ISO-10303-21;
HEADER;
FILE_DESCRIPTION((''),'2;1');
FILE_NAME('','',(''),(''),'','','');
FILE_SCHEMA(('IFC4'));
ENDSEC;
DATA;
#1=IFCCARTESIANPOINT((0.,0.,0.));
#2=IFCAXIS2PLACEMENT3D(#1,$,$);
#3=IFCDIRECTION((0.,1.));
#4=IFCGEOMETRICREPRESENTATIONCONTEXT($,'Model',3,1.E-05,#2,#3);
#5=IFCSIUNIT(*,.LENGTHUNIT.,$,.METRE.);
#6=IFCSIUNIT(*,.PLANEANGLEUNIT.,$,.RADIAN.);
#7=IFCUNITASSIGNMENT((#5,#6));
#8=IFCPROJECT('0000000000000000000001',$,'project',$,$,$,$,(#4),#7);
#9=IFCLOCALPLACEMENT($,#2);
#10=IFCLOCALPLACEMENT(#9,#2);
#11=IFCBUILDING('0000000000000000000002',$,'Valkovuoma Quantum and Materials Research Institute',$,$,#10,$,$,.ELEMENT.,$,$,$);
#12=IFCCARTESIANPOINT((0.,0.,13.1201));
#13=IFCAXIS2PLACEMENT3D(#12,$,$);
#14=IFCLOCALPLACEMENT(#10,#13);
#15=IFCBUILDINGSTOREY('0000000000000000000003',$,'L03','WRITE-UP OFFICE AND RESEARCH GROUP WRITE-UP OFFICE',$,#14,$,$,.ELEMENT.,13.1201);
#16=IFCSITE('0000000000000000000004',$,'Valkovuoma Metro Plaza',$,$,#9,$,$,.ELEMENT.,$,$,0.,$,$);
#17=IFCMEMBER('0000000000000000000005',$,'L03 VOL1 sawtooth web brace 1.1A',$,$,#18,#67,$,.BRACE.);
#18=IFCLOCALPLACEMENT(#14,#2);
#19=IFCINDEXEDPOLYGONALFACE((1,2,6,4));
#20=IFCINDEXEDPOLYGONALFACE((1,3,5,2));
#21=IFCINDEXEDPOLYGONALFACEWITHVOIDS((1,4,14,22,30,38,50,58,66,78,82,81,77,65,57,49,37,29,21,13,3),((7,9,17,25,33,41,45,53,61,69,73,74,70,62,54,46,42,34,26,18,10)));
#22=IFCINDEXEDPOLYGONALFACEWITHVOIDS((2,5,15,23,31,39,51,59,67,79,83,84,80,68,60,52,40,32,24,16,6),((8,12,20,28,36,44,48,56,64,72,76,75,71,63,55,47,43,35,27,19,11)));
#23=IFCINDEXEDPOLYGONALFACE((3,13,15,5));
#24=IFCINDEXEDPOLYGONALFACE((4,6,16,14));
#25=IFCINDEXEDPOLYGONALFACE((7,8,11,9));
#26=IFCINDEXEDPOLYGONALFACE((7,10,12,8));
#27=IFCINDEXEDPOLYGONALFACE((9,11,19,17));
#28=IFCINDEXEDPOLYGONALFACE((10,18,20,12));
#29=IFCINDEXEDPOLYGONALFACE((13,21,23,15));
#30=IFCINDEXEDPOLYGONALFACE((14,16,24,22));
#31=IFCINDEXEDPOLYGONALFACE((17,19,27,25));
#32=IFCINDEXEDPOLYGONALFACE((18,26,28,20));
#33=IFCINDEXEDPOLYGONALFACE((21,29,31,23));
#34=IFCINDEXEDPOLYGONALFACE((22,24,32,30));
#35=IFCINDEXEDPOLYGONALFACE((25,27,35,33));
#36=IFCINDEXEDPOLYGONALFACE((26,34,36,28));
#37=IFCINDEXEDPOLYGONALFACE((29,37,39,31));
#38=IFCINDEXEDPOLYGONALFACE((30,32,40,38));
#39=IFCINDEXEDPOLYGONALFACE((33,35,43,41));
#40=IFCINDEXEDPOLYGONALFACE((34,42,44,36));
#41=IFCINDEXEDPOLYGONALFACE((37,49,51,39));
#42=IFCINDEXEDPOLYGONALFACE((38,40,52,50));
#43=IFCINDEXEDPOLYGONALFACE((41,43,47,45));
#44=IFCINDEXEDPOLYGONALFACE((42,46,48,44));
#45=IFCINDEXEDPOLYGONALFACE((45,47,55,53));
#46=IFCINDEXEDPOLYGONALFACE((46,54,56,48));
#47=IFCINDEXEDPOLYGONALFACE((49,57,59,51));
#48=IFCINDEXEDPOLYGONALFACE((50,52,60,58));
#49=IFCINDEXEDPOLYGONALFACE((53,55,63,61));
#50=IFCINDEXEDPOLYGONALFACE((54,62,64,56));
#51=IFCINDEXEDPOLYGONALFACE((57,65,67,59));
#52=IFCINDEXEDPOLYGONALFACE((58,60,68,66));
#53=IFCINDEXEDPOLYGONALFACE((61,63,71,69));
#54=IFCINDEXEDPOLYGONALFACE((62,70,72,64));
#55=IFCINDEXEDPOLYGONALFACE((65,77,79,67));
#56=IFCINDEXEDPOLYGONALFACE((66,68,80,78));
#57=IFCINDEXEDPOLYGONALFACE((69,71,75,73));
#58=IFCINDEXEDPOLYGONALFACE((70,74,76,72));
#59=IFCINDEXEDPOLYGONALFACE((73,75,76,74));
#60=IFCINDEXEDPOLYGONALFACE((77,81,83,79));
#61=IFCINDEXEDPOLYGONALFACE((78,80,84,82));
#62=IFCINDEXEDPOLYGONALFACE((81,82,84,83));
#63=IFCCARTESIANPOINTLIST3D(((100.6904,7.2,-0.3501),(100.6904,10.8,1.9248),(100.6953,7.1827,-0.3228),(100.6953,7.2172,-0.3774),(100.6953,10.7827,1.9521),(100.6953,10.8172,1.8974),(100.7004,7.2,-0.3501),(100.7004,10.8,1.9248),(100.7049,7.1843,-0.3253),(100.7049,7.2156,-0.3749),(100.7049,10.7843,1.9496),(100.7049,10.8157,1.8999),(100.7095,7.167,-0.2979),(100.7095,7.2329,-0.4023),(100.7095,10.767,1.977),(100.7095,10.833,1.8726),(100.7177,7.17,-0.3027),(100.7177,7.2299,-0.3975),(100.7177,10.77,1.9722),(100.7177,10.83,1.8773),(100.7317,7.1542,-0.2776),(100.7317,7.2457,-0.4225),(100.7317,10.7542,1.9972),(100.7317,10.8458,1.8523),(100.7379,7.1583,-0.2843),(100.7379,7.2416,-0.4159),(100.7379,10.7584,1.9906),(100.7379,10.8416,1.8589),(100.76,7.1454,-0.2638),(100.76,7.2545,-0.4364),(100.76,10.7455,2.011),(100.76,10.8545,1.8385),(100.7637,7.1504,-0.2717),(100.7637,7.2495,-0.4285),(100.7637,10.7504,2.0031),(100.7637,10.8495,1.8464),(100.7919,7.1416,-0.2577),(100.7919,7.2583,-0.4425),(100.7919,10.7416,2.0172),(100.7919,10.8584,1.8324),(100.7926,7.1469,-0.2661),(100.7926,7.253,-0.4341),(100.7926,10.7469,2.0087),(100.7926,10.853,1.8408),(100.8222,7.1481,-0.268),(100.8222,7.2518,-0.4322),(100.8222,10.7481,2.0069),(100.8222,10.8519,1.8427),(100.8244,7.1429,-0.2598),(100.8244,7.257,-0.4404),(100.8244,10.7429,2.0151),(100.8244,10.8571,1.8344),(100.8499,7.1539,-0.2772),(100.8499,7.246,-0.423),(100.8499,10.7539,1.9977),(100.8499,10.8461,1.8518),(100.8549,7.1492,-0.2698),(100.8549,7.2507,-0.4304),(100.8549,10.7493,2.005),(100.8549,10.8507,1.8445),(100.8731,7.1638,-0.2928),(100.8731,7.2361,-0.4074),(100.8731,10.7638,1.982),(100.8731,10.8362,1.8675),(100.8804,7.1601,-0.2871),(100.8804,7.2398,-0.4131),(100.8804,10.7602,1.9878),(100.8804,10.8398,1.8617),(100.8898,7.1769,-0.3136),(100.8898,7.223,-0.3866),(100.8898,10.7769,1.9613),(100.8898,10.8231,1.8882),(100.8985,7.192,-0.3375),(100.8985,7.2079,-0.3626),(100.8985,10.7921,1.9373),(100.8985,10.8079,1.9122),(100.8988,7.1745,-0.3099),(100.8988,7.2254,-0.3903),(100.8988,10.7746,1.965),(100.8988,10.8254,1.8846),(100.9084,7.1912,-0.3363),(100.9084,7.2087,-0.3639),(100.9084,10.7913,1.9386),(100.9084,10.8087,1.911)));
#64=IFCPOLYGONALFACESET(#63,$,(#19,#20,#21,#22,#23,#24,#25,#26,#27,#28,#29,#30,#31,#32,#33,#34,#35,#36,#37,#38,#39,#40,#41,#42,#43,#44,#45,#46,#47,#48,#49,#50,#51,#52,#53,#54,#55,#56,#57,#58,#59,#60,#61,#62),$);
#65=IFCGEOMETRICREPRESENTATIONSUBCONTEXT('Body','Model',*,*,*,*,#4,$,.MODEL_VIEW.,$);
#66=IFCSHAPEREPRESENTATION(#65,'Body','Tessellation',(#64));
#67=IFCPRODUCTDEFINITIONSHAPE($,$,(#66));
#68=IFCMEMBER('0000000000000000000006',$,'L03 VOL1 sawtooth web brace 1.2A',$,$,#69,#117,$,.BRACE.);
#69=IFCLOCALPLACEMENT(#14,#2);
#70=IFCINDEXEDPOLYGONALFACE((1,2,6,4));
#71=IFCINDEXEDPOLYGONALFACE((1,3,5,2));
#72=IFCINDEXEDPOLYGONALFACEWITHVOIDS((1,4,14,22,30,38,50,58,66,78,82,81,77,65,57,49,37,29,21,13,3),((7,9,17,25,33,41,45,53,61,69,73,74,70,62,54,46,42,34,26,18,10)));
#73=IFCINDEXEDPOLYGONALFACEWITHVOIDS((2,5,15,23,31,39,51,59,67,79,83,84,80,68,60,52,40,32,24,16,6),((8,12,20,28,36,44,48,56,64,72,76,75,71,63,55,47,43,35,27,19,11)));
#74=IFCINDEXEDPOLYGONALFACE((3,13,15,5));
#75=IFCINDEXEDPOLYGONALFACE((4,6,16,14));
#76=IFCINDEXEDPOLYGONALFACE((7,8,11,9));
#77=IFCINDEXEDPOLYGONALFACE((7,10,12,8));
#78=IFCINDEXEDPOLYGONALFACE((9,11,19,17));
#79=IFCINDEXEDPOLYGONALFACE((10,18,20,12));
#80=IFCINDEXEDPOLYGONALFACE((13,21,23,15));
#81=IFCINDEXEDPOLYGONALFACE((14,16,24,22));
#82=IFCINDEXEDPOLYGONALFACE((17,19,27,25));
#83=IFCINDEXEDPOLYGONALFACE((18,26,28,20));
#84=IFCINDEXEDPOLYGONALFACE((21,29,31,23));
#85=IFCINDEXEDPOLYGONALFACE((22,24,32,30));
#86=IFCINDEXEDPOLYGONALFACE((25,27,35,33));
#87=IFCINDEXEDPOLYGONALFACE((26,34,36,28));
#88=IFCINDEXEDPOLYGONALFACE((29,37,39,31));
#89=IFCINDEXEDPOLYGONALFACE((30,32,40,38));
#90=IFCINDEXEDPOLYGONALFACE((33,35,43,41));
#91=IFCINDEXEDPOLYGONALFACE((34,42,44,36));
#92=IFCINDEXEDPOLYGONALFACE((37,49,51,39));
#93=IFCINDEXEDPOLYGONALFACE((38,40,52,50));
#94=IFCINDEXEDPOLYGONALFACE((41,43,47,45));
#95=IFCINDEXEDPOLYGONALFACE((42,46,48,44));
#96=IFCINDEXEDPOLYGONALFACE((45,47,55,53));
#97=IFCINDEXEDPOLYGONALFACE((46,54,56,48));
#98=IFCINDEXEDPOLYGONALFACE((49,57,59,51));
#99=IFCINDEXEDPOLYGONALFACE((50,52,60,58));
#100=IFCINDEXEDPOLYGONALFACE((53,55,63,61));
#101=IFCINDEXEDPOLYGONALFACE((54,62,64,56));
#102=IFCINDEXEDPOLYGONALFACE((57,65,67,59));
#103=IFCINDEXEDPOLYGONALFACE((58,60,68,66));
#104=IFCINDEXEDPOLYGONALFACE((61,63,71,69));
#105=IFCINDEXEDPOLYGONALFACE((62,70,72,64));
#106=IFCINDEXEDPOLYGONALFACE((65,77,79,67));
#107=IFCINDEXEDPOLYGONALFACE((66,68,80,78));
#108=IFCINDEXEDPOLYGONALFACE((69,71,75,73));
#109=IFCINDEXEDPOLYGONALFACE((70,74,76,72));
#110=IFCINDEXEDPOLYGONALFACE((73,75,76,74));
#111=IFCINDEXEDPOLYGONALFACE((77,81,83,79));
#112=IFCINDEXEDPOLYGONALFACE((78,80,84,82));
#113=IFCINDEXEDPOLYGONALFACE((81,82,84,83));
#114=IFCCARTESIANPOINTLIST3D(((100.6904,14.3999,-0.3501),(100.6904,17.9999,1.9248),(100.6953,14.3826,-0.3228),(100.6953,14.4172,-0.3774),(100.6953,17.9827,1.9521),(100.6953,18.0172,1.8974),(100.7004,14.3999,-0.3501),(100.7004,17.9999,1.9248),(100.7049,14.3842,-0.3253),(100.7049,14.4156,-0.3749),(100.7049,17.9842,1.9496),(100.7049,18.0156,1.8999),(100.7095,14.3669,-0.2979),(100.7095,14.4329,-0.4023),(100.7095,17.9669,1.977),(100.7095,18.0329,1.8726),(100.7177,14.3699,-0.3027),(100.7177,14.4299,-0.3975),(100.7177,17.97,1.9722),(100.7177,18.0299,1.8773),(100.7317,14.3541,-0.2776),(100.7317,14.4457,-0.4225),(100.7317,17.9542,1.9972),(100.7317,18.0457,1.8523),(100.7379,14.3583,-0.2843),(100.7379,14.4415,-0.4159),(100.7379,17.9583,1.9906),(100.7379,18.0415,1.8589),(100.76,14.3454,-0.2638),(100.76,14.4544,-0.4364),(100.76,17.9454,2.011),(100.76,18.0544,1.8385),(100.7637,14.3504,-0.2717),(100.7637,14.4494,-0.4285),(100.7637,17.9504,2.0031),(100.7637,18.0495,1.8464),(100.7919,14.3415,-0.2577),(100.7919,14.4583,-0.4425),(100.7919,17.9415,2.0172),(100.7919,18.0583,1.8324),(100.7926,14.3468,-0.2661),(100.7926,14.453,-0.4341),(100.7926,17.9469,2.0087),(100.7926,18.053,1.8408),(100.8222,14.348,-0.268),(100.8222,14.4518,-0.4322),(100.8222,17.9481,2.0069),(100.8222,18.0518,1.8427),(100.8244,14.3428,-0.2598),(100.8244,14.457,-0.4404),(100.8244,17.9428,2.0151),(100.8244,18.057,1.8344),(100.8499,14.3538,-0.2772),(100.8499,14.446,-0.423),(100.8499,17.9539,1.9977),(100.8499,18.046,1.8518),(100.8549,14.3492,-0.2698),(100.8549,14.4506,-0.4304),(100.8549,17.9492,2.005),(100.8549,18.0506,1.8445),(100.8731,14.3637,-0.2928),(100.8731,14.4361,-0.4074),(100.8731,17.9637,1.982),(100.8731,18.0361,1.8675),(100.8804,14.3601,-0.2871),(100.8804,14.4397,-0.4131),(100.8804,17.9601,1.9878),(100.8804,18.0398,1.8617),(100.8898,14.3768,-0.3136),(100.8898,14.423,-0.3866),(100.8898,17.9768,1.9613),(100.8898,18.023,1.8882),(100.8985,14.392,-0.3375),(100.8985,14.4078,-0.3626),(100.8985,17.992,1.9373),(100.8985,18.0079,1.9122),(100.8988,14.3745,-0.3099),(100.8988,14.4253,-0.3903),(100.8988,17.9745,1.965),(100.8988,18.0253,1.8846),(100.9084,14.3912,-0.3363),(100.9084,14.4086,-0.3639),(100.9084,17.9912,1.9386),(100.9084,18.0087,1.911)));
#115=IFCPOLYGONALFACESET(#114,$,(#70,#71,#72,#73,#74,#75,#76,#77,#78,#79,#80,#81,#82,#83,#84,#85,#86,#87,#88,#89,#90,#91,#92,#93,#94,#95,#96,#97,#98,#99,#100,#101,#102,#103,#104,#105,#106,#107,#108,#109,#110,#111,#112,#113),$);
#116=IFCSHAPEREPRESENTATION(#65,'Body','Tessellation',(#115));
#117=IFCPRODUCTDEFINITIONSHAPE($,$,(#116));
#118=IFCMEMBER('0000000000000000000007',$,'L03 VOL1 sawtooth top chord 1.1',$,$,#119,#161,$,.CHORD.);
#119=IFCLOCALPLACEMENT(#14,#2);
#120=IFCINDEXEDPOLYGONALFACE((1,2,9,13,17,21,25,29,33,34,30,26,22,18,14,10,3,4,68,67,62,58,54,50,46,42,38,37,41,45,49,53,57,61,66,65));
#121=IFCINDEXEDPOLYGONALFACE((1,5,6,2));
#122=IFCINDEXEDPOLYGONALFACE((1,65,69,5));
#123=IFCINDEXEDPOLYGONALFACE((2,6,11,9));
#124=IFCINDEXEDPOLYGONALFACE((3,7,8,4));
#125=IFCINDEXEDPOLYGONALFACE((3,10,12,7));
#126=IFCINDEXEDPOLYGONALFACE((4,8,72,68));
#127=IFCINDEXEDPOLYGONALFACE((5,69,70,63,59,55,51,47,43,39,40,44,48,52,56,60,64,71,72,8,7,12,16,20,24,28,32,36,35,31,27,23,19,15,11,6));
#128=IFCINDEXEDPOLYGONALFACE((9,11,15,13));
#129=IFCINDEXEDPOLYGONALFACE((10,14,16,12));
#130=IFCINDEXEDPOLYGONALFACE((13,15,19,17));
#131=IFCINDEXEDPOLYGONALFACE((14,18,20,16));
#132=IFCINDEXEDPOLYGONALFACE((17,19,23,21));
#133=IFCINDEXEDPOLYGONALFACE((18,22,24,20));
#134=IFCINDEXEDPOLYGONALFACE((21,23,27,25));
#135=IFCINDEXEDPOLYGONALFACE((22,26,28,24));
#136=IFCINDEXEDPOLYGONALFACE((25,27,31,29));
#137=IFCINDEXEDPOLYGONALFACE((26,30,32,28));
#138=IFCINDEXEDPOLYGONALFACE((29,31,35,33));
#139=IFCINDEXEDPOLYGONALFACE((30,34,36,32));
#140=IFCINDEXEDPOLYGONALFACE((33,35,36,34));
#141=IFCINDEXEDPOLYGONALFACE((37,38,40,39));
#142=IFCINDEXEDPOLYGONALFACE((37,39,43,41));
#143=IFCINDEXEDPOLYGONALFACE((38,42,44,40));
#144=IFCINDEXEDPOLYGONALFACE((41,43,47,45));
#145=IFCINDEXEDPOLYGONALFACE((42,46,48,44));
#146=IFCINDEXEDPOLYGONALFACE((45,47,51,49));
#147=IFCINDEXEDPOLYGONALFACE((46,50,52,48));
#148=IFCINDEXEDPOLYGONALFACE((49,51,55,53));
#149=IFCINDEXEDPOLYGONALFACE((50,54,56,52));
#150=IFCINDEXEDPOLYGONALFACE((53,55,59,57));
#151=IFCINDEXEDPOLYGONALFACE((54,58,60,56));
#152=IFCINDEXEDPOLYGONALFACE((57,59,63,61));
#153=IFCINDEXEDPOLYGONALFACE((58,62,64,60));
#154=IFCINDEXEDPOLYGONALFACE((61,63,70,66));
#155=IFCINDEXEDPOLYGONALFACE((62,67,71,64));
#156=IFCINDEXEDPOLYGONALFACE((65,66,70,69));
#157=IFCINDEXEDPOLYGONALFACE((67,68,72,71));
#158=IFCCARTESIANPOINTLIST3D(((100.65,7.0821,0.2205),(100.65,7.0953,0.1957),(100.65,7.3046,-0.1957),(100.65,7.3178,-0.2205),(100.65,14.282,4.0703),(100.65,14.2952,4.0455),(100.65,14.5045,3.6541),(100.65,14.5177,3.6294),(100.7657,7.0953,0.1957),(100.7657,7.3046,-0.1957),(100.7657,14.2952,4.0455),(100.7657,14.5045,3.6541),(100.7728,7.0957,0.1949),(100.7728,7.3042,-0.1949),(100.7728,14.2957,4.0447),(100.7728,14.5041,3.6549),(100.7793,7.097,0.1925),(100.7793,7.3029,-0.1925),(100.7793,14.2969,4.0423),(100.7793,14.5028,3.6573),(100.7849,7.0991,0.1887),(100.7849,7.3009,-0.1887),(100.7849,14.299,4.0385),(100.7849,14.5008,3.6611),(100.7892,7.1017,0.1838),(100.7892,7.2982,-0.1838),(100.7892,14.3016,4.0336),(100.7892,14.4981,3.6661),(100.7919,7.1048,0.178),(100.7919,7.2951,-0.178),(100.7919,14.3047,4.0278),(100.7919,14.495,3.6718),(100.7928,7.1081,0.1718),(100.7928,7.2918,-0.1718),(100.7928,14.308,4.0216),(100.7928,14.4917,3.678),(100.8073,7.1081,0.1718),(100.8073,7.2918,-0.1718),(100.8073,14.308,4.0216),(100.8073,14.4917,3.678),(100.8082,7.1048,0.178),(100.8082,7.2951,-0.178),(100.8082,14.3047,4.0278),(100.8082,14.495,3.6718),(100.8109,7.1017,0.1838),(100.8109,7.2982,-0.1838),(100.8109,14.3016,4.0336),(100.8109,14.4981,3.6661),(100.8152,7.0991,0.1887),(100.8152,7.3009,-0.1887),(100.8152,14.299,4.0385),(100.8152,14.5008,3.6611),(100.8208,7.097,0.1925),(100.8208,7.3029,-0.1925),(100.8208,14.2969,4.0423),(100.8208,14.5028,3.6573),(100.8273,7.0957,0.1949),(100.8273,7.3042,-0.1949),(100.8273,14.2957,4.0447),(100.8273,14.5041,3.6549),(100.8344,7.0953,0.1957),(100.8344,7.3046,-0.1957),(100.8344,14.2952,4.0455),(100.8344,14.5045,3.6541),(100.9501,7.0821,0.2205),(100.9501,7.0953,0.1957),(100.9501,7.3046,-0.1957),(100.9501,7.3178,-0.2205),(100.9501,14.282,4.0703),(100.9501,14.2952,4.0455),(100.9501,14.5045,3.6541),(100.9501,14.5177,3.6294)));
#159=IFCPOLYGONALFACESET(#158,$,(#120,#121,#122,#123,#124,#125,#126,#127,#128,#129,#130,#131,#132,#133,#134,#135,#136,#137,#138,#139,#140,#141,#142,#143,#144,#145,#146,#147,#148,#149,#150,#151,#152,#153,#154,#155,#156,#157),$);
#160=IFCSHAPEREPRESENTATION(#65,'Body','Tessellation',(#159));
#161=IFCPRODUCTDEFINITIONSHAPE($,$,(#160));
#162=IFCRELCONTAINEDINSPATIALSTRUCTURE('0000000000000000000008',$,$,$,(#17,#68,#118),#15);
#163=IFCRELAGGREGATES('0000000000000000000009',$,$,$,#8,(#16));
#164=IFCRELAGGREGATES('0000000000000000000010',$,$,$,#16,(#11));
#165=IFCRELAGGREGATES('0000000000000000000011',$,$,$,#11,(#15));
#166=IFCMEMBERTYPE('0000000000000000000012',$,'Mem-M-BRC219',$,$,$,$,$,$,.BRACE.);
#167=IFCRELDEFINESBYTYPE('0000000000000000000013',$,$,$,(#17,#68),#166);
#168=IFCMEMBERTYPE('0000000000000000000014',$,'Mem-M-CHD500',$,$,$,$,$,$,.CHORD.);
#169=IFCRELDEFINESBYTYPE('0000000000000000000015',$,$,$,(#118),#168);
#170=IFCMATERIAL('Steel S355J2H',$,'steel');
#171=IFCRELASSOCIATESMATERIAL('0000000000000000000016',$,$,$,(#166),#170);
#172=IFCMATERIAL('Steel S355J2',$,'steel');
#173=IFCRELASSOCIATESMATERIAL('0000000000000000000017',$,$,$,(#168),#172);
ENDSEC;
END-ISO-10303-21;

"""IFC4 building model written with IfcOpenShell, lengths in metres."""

from ifc_helpers import new_model, si_unit, direction, frame, origin, origin_2d, place, context, subcontext, project, spatial, hollow_circle, i_section, extrude, material, material_profile, profile_set, type_object, element, save


model = new_model("IFC4")

# Units and contexts
model_context = context("Model", 3, precision=1e-05, world=origin(), true_north=direction((0.0, 1.0)))
body_context = subcontext(model_context, "Body", "Model", "MODEL_VIEW")
ifc_project = project(units=[si_unit("LENGTHUNIT", "METRE"), si_unit("PLANEANGLEUNIT", "RADIAN")], contexts=[model_context])

# Site, building, storey
site_placement = place(None, origin())
site = spatial("IfcSite", under=ifc_project, at=site_placement, Name="Valkovuoma Metro Plaza", CompositionType="ELEMENT", RefElevation=0.0)
building_placement = place(site_placement, origin())
building = spatial("IfcBuilding", under=site, at=building_placement, Name="Valkovuoma Quantum and Materials Research Institute", CompositionType="ELEMENT")
storey_placement = place(building_placement, frame((0.0, 0.0, 13.1201)))
storey = spatial("IfcBuildingStorey", under=building, at=storey_placement, Name="L03", Description="WRITE-UP OFFICE AND RESEARCH GROUP WRITE-UP OFFICE", CompositionType="ELEMENT", Elevation=13.1201)

# Members
ifc_material_1 = material(Name="Steel S355J2H", Category="steel")
ifc_material_profile_1 = material_profile(ifc_material_1, hollow_circle(Radius=0.1096, WallThickness=0.01, at=origin_2d()), Name="Steel S355J2H")
ifc_profile_set_1 = profile_set([ifc_material_profile_1], Name="Steel S355J2H")
member_type_1 = type_object("IfcMemberType", Name="Mem-M-BRC219", PredefinedType="BRACE", material=ifc_profile_set_1)
for number, where, z_axis, x_axis, name in (
    (1, (100.8, 7.2, -0.3501), (0.0, 0.845366, 0.534187), (-1.0, 0.0, 0.0), "L03 VOL1 sawtooth web brace 1.1A"),
    (2, (100.8, 14.3999, -0.3501), (0.0, 0.845366, 0.534187), (-1.0, 0.0, 0.0), "L03 VOL1 sawtooth web brace 1.2A"),
):
    element("IfcMember", number, at=place(storey_placement, frame(where, z_axis=z_axis, x_axis=x_axis)), inside=storey, type_object=member_type_1, Name=name, PredefinedType="BRACE", context=body_context, shape_type="SweptSolid", body=[
        extrude(hollow_circle(Radius=0.1096, WallThickness=0.01, at=origin_2d()), origin(), (0.0, 0.0, 1.0), 4.2585),
    ])
ifc_material_2 = material(Name="Steel S355J2", Category="steel")
ifc_material_profile_2 = material_profile(ifc_material_2, i_section(OverallWidth=0.3, OverallDepth=0.5, WebThickness=0.0144, FlangeThickness=0.0281, FilletRadius=0.0271, at=origin_2d()), Name="Steel S355J2")
ifc_profile_set_2 = profile_set([ifc_material_profile_2], Name="Steel S355J2")
member_type_2 = type_object("IfcMemberType", Name="Mem-M-CHD500", PredefinedType="CHORD", material=ifc_profile_set_2)
member_1_placement = place(storey_placement, frame((100.8, 7.2, 0.0), z_axis=(0.0, 0.88185, 0.47153), x_axis=(-1.0, 0.0, 0.0)))
element("IfcMember", 3, at=member_1_placement, inside=storey, type_object=member_type_2, Name="L03 VOL1 sawtooth top chord 1.1", PredefinedType="CHORD", context=body_context, shape_type="SweptSolid", body=[
    extrude(i_section(OverallWidth=0.3, OverallDepth=0.5, WebThickness=0.0144, FlangeThickness=0.0281, FilletRadius=0.0271, at=origin_2d()), origin(), (0.0, 0.0, 1.0), 8.1646),
])

save(model, "model.ifc")
